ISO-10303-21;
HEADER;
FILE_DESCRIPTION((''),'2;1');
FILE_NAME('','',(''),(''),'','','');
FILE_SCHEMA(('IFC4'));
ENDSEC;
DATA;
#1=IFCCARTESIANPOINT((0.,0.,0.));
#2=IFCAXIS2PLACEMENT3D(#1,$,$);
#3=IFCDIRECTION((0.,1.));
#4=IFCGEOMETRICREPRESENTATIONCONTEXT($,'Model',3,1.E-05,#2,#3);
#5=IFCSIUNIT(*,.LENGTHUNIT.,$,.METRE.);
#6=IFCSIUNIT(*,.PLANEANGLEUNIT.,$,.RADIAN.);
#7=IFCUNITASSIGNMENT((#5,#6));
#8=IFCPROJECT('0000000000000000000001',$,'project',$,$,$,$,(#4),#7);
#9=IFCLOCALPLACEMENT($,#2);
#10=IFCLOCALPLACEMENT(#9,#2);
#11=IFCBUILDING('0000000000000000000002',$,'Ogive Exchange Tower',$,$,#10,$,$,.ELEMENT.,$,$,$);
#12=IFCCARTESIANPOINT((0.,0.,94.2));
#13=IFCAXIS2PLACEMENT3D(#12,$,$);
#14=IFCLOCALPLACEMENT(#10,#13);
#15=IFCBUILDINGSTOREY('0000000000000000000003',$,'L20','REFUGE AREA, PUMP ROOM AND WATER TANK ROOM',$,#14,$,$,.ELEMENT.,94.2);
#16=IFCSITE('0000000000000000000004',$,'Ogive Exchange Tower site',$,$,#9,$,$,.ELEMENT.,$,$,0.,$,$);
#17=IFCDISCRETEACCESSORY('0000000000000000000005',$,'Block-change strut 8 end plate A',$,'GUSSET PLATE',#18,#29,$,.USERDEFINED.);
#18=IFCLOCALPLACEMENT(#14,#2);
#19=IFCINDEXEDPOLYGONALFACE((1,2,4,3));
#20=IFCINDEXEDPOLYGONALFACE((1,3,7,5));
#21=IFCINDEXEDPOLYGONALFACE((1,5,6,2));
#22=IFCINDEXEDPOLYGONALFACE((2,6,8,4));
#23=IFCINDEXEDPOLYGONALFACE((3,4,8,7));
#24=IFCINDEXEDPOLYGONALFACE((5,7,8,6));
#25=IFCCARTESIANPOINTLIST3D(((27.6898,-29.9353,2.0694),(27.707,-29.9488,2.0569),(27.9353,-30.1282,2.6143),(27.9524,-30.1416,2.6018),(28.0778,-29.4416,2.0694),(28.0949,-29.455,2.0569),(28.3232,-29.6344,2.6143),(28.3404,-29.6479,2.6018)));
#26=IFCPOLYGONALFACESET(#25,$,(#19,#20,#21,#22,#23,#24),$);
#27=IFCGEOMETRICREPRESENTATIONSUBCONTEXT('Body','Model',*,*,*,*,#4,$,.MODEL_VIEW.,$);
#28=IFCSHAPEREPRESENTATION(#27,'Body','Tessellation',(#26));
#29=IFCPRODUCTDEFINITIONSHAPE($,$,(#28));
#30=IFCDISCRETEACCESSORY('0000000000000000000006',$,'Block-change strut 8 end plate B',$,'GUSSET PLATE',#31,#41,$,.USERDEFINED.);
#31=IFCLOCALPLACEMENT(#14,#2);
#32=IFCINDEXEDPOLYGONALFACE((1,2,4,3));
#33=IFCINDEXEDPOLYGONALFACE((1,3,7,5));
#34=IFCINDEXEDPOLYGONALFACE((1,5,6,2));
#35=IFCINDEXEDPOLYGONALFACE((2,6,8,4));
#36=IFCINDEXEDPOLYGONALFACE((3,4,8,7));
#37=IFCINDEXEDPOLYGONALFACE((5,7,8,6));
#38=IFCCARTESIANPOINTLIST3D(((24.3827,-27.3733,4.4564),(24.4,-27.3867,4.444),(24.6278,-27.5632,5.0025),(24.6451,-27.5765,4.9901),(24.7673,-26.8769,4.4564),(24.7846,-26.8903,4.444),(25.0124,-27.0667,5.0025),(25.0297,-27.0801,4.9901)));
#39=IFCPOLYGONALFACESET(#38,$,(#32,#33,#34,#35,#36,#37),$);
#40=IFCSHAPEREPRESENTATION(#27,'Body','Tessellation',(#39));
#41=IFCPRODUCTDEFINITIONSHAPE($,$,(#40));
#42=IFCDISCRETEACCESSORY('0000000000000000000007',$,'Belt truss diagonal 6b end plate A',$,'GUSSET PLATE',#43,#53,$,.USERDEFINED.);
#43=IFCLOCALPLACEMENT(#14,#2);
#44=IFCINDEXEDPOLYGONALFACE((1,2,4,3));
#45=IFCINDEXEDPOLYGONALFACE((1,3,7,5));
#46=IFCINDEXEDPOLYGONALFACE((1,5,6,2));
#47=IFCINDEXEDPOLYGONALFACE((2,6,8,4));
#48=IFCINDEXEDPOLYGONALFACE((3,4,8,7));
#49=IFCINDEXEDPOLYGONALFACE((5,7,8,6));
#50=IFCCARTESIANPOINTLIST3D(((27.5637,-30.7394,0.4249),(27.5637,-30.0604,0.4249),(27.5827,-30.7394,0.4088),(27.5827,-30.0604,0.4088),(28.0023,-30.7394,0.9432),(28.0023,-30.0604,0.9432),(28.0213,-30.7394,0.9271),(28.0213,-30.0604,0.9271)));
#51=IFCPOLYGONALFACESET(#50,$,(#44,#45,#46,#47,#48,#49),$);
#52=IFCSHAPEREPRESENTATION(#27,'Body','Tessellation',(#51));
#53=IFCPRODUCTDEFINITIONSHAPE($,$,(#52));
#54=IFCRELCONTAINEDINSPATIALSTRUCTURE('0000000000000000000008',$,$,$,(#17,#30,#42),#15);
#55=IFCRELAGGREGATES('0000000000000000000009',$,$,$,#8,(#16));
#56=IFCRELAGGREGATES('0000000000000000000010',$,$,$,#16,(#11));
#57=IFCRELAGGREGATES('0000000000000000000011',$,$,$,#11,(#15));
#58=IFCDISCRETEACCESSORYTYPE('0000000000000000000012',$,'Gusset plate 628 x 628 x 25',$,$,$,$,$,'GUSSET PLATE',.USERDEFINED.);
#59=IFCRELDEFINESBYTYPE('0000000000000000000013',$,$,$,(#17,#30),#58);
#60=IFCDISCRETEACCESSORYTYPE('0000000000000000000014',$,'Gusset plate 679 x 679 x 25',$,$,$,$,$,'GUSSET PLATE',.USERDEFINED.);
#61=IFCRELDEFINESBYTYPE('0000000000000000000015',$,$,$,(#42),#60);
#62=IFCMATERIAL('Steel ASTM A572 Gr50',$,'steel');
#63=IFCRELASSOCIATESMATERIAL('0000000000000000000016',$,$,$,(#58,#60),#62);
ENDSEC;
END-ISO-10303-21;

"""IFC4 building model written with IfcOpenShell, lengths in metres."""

from ifc_helpers import new_model, si_unit, direction, frame, origin, origin_2d, place, context, subcontext, project, spatial, rectangle, extrude, material, material_profile, profile_set, type_object, element, save


model = new_model("IFC4")

# Units and contexts
model_context = context("Model", 3, precision=1e-05, world=origin(), true_north=direction((0.0, 1.0)))
body_context = subcontext(model_context, "Body", "Model", "MODEL_VIEW")
ifc_project = project(units=[si_unit("LENGTHUNIT", "METRE"), si_unit("PLANEANGLEUNIT", "RADIAN")], contexts=[model_context])

# Site, building, storey
site_placement = place(None, origin())
site = spatial("IfcSite", under=ifc_project, at=site_placement, Name="Ogive Exchange Tower site", CompositionType="ELEMENT", RefElevation=0.0)
building_placement = place(site_placement, origin())
building = spatial("IfcBuilding", under=site, at=building_placement, Name="Ogive Exchange Tower", CompositionType="ELEMENT")
storey_placement = place(building_placement, frame((0.0, 0.0, 94.2)))
storey = spatial("IfcBuildingStorey", under=building, at=storey_placement, Name="L20", Description="REFUGE AREA, PUMP ROOM AND WATER TANK ROOM", CompositionType="ELEMENT", Elevation=94.2)

# Discrete accessories
ifc_material_1 = material(Name="Steel ASTM A572 Gr50", Category="steel")
ifc_material_profile_1 = material_profile(ifc_material_1, rectangle(XDim=0.6279, YDim=0.6279, at=origin_2d()), Name="PL 628 x 628 x 25")
ifc_profile_set_1 = profile_set([ifc_material_profile_1], Name="Steel ASTM A572 Gr50")
discrete_accessory_type_1 = type_object("IfcDiscreteAccessoryType", Name="Gusset plate 628 x 628 x 25", ElementType="GUSSET PLATE", PredefinedType="USERDEFINED", material=ifc_profile_set_1)
for number, where, z_axis, x_axis, name in (
    (1, (28.0237, -29.7983, 2.3293), (-0.682286, 0.536082, 0.497094), (-0.617822, -0.786318, 0.0), "Block-change strut 8 end plate A"),
    (2, (24.7148, -27.2334, 4.717), (-0.687444, 0.532527, 0.493798), (-0.612398, -0.79055, 0.0), "Block-change strut 8 end plate B"),
):
    element("IfcDiscreteAccessory", number, at=place(storey_placement, frame(where, z_axis=z_axis, x_axis=x_axis)), inside=storey, type_object=discrete_accessory_type_1, Name=name, ObjectType="GUSSET PLATE", PredefinedType="USERDEFINED", context=body_context, shape_type="SweptSolid", body=[
        extrude(rectangle(XDim=0.6279, YDim=0.6279, at=origin_2d()), origin(), (0.0, 0.0, 1.0), 0.0251),
    ])
ifc_material_profile_2 = material_profile(ifc_material_1, rectangle(XDim=0.679, YDim=0.679, at=origin_2d()), Name="PL 679 x 679 x 25")
ifc_profile_set_2 = profile_set([ifc_material_profile_2], Name="Steel ASTM A572 Gr50")
discrete_accessory_type_2 = type_object("IfcDiscreteAccessoryType", Name="Gusset plate 679 x 679 x 25", ElementType="GUSSET PLATE", PredefinedType="USERDEFINED", material=ifc_profile_set_2)
discrete_accessory_placement = place(storey_placement, frame((27.802, -30.3999, 0.668), z_axis=(-0.763386, 0.0, 0.645942), x_axis=(0.0, -1.0, 0.0)))
element("IfcDiscreteAccessory", 3, at=discrete_accessory_placement, inside=storey, type_object=discrete_accessory_type_2, Name="Belt truss diagonal 6b end plate A", ObjectType="GUSSET PLATE", PredefinedType="USERDEFINED", context=body_context, shape_type="SweptSolid", body=[
    extrude(rectangle(XDim=0.679, YDim=0.679, at=origin_2d()), origin(), (0.0, 0.0, 1.0), 0.0249),
])

save(model, "model.ifc")
